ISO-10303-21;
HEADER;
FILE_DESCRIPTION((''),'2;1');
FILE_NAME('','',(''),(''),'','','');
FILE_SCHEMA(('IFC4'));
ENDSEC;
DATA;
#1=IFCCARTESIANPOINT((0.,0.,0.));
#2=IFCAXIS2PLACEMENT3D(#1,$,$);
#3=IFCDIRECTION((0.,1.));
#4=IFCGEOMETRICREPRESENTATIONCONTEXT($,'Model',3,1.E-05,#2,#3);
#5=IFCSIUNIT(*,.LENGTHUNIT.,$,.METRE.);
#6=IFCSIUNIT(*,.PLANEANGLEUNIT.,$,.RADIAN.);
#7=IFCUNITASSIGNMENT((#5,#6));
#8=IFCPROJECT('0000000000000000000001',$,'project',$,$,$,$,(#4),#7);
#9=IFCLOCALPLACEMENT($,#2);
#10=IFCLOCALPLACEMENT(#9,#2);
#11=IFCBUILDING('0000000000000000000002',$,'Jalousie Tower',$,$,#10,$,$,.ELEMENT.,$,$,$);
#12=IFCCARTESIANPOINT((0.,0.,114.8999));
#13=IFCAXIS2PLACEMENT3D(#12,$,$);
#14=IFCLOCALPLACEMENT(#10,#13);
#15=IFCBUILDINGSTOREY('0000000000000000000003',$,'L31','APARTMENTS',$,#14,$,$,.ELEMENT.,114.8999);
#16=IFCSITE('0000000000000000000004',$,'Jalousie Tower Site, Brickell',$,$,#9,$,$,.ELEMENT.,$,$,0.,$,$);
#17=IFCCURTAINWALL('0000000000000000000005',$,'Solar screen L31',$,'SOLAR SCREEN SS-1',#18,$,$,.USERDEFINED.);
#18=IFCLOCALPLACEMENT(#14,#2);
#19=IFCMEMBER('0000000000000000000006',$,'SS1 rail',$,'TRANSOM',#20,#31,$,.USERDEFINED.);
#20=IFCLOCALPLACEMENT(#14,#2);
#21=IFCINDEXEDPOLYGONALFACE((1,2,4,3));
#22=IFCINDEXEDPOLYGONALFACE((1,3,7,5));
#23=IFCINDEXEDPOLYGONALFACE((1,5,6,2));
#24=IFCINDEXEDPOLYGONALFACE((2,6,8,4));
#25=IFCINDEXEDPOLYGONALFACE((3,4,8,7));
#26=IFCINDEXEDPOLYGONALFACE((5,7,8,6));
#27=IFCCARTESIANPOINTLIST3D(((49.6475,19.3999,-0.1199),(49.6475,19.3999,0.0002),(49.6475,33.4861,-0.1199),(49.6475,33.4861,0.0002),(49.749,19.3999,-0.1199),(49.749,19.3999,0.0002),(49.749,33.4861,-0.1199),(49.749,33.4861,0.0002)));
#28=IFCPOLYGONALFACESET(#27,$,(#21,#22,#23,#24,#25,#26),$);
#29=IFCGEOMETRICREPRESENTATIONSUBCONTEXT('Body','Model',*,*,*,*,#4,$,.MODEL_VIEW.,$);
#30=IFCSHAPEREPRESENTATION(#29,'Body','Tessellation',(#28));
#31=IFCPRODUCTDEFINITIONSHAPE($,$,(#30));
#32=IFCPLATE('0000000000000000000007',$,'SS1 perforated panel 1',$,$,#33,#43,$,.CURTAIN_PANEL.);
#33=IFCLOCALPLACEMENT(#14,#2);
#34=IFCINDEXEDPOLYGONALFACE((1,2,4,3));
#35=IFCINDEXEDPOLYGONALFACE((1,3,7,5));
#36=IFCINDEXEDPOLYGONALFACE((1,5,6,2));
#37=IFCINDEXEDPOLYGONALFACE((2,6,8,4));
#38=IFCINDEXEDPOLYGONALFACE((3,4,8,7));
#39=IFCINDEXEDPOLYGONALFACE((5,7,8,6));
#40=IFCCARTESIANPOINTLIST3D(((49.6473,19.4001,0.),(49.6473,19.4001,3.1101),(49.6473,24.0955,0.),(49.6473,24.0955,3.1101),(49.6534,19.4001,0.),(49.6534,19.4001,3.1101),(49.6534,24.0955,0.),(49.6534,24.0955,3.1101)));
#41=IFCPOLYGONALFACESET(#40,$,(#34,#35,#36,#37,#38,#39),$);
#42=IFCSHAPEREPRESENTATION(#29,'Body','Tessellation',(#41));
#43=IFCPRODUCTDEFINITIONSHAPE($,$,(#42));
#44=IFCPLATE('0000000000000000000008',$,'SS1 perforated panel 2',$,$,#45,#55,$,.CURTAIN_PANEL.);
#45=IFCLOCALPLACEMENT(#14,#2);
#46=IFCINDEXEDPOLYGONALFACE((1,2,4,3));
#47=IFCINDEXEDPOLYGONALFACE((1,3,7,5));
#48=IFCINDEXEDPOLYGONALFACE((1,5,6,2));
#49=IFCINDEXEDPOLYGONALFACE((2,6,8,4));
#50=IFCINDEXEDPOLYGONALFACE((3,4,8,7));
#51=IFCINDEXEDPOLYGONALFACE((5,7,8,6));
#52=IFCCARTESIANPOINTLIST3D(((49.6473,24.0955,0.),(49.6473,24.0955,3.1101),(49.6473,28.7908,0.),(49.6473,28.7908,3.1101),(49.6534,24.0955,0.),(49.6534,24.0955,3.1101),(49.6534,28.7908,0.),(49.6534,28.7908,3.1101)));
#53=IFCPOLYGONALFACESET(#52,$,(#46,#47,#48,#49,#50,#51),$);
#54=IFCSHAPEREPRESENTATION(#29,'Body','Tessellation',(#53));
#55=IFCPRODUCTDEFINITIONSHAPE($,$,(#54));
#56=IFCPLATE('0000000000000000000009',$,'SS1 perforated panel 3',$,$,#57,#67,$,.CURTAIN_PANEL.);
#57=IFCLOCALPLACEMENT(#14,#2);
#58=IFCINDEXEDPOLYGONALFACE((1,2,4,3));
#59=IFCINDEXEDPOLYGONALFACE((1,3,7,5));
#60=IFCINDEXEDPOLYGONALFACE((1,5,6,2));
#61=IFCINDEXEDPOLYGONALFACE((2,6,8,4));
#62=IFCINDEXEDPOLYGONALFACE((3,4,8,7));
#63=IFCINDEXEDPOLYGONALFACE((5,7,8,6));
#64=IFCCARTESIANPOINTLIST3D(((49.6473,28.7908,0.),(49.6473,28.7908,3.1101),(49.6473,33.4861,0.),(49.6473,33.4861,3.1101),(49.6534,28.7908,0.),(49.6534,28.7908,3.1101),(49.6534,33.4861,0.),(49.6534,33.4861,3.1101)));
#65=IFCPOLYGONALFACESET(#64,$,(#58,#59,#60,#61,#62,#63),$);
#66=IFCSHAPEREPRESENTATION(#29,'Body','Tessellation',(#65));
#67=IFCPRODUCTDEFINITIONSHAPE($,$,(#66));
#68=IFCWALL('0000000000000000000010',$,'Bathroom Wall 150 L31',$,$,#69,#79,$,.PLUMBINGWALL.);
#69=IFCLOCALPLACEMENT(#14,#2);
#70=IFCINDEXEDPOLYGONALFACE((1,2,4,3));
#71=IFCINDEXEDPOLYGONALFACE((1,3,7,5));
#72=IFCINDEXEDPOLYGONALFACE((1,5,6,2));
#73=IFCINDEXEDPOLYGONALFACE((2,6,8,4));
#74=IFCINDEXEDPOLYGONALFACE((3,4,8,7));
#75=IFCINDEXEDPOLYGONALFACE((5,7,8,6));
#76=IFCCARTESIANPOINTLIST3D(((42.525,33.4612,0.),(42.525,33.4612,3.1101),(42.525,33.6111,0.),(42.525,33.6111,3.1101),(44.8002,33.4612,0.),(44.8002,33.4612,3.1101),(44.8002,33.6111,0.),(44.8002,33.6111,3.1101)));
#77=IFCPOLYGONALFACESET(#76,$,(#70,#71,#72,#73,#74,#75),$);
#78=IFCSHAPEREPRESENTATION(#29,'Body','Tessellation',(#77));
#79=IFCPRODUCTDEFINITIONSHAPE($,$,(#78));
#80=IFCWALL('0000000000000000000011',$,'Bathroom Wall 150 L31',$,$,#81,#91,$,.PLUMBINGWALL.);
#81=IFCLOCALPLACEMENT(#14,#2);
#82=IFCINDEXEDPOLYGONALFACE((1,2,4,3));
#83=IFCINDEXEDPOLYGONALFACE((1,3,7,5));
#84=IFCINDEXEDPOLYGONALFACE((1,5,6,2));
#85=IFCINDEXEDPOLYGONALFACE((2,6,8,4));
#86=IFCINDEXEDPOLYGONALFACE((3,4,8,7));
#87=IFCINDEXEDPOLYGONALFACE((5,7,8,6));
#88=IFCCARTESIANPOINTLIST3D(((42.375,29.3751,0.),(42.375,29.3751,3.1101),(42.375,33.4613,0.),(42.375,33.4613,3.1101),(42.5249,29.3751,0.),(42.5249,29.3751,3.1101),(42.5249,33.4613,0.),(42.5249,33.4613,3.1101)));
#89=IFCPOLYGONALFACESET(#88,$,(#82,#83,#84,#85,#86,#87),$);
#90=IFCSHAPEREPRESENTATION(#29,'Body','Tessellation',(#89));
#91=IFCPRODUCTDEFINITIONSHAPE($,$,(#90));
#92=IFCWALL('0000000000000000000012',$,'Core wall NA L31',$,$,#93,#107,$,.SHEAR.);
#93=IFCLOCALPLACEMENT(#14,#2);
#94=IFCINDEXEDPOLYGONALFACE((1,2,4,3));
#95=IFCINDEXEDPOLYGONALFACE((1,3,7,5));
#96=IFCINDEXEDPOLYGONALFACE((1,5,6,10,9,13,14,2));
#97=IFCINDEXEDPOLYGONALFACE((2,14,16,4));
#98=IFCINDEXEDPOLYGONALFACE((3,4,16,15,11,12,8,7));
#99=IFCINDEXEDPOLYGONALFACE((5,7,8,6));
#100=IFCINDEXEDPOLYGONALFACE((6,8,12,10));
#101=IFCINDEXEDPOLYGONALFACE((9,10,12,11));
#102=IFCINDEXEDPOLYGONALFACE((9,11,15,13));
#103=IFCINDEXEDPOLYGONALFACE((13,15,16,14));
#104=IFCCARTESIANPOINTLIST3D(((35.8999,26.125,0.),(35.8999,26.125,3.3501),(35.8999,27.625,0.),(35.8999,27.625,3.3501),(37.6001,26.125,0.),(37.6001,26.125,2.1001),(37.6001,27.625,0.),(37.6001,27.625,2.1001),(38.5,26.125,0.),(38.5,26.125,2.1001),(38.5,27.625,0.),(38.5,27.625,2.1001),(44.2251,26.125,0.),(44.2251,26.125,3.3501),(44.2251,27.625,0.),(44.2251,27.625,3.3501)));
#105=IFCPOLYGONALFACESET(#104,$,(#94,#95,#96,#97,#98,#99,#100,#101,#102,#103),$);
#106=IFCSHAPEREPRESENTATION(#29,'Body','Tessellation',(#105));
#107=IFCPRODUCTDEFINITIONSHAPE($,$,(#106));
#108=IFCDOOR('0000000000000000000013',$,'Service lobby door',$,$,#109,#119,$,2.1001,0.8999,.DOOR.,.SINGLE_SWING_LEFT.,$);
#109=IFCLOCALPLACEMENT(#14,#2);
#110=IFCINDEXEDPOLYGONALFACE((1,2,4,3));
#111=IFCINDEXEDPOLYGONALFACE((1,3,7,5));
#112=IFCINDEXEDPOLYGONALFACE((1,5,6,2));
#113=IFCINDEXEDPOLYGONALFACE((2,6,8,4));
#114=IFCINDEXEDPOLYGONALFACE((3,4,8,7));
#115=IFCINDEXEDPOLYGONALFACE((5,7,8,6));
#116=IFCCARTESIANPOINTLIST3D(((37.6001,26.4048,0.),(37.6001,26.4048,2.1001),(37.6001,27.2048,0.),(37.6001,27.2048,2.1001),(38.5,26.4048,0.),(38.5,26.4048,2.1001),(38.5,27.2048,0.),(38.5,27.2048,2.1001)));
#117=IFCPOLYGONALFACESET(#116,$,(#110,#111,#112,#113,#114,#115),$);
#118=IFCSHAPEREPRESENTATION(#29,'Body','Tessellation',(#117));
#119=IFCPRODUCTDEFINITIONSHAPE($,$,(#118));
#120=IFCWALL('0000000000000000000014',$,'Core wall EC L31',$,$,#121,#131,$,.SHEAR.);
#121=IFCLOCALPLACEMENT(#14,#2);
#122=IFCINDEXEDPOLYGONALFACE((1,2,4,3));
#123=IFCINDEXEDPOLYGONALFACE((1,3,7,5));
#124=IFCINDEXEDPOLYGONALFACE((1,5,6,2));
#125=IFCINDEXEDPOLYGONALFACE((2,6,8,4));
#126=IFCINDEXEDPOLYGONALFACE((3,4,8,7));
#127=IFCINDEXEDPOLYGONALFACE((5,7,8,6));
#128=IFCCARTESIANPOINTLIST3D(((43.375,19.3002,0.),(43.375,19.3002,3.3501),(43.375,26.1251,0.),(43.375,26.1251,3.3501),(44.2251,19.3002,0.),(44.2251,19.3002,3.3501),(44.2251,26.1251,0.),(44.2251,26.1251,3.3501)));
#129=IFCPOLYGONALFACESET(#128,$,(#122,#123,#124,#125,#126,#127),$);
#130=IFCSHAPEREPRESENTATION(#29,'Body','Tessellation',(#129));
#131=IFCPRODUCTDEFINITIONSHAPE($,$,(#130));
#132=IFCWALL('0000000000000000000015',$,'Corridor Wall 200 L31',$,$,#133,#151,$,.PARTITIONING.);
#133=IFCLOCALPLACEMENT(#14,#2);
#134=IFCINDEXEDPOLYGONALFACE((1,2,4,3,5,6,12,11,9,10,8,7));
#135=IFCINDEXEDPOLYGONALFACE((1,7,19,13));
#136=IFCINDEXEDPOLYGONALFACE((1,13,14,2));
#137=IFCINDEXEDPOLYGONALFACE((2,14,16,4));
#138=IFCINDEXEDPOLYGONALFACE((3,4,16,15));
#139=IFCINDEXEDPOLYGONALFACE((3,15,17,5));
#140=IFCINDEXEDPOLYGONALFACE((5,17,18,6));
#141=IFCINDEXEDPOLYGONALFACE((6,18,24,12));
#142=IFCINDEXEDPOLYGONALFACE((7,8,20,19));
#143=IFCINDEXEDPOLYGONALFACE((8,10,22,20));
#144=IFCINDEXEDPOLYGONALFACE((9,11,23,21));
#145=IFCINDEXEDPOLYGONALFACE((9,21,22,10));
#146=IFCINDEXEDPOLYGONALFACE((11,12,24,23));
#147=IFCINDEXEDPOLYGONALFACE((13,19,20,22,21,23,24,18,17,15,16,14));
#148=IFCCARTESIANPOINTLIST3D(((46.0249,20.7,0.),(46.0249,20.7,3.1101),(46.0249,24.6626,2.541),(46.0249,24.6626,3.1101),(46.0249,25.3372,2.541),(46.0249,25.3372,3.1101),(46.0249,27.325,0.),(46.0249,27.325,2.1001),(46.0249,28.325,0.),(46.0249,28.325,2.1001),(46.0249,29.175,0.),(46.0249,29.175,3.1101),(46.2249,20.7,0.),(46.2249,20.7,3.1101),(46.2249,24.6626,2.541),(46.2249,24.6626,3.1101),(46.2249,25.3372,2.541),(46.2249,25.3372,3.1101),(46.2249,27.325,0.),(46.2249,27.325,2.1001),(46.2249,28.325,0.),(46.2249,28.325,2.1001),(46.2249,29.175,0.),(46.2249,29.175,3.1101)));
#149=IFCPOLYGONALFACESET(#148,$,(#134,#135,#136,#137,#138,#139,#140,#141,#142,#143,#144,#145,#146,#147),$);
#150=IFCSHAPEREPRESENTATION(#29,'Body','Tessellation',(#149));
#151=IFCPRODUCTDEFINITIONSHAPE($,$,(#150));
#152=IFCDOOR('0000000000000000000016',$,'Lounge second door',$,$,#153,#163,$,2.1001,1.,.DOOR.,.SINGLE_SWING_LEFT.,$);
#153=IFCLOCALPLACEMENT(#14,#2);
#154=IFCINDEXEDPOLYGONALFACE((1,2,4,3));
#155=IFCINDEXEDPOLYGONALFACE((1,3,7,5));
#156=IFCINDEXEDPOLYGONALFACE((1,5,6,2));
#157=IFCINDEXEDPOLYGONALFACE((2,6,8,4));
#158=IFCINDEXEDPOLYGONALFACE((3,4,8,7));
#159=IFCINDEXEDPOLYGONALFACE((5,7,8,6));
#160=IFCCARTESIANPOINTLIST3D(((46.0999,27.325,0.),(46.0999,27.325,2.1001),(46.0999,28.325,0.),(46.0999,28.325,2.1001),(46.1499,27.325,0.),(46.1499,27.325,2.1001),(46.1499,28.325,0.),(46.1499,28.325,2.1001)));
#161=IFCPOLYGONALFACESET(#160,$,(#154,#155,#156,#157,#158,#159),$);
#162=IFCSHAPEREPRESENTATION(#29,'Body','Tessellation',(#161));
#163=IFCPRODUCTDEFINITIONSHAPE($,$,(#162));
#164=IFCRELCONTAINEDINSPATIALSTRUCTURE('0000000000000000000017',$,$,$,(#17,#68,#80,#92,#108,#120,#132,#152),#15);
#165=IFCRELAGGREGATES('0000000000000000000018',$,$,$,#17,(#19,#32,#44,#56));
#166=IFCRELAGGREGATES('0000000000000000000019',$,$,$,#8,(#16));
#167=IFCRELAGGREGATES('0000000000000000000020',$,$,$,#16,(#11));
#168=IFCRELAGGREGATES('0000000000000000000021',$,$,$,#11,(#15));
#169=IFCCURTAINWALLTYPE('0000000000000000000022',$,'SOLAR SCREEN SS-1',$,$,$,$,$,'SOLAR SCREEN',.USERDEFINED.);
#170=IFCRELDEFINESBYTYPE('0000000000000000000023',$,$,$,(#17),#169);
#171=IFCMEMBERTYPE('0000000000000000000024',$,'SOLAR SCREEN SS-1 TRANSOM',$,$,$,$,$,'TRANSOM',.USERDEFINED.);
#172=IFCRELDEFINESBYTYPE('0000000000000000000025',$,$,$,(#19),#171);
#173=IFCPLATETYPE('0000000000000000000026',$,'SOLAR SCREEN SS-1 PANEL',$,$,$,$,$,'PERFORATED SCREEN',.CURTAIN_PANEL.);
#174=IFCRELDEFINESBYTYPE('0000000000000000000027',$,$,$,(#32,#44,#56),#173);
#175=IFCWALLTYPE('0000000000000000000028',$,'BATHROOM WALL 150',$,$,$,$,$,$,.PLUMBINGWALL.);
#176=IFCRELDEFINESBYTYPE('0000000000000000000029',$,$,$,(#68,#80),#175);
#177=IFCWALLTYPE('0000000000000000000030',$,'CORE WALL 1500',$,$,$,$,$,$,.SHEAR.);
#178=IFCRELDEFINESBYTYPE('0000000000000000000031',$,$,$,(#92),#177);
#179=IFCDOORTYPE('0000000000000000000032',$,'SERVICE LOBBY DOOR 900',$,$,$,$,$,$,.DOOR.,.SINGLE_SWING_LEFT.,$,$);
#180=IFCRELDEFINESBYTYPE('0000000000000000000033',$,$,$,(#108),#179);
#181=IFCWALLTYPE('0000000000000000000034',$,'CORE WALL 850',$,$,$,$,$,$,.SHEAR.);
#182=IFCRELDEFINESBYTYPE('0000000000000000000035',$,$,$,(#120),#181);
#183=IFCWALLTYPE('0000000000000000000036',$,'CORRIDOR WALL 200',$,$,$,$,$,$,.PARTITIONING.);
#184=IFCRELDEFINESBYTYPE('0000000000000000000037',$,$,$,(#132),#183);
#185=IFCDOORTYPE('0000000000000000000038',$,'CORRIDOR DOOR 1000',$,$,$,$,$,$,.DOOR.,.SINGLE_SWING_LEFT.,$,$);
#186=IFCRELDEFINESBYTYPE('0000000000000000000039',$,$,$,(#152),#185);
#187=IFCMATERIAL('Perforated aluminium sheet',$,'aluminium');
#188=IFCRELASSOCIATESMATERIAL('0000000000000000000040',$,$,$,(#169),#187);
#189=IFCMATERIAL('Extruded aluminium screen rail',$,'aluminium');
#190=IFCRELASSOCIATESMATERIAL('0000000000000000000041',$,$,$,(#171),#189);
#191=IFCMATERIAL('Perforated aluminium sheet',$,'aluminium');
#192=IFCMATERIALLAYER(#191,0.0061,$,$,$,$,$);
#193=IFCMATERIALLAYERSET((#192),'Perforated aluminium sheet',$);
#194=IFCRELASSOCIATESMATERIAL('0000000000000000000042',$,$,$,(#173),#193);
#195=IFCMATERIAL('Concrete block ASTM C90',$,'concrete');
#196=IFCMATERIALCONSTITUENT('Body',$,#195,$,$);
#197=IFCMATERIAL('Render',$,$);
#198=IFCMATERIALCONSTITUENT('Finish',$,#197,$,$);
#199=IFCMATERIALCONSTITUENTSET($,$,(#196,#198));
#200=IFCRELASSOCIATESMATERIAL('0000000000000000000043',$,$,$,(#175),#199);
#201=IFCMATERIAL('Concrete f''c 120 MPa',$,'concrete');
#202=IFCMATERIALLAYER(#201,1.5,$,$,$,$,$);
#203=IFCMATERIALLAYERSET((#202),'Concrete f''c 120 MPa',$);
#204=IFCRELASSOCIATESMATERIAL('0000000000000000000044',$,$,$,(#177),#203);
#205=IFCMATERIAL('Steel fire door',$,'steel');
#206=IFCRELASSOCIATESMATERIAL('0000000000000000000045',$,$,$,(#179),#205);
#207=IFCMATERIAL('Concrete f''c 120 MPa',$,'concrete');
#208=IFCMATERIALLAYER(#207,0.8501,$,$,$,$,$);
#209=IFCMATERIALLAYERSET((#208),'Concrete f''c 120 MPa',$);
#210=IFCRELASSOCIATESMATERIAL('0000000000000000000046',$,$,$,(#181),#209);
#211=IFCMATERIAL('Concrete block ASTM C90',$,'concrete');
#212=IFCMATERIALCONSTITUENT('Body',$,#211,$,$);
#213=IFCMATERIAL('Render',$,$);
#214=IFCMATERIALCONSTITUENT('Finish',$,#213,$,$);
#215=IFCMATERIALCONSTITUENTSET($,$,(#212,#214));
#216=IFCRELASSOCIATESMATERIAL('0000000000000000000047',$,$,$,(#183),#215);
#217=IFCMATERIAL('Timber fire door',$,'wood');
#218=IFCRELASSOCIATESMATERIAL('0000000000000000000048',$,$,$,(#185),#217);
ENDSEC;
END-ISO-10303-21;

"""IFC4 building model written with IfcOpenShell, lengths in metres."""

from ifc_helpers import new_model, si_unit, direction, frame, frame_2d, origin, origin_2d, place, context, subcontext, project, spatial, polyline, rectangle, outline, extrude, material, layer, layer_set, constituent, constituent_set, material_profile, profile_set, type_object, element, fill, aggregate, save


model = new_model("IFC4")

# Units and contexts
model_context = context("Model", 3, precision=1e-05, world=origin(), true_north=direction((0.0, 1.0)))
body_context = subcontext(model_context, "Body", "Model", "MODEL_VIEW")
ifc_project = project(units=[si_unit("LENGTHUNIT", "METRE"), si_unit("PLANEANGLEUNIT", "RADIAN")], contexts=[model_context])

# Site, building, storey
site_placement = place(None, origin())
site = spatial("IfcSite", under=ifc_project, at=site_placement, Name="Jalousie Tower Site, Brickell", CompositionType="ELEMENT", RefElevation=0.0)
building_placement = place(site_placement, origin())
building = spatial("IfcBuilding", under=site, at=building_placement, Name="Jalousie Tower", CompositionType="ELEMENT")
storey_placement = place(building_placement, frame((0.0, 0.0, 114.8999)))
storey = spatial("IfcBuildingStorey", under=building, at=storey_placement, Name="L31", Description="APARTMENTS", CompositionType="ELEMENT", Elevation=114.8999)

# Curtain wall, member, plates
ifc_material_1 = material(Name="Perforated aluminium sheet", Category="aluminium")
curtain_wall_type = type_object("IfcCurtainWallType", Name="SOLAR SCREEN SS-1", ElementType="SOLAR SCREEN", PredefinedType="USERDEFINED", material=ifc_material_1)
curtain_wall_placement = place(storey_placement, origin())
curtain_wall = element("IfcCurtainWall", 1, at=curtain_wall_placement, inside=storey, type_object=curtain_wall_type, Name="Solar screen L31", ObjectType="SOLAR SCREEN SS-1", PredefinedType="USERDEFINED")
ifc_material_2 = material(Name="Extruded aluminium screen rail", Category="aluminium")
ifc_material_profile_1 = material_profile(ifc_material_2, rectangle(XDim=0.1016, YDim=0.1201, at=origin_2d()), Name="RAIL 102x120")
ifc_profile_set_1 = profile_set([ifc_material_profile_1], Name="Extruded aluminium screen rail")
member_type_1 = type_object("IfcMemberType", Name="SOLAR SCREEN SS-1 TRANSOM", ElementType="TRANSOM", PredefinedType="USERDEFINED", material=ifc_profile_set_1)
member_1_placement = place(storey_placement, frame((49.6982, 19.3999, -0.0598), z_axis=(0.0, 1.0, 0.0), x_axis=(-1.0, 0.0, 0.0)))
member_1 = element("IfcMember", 2, at=member_1_placement, type_object=member_type_1, Name="SS1 rail", ObjectType="TRANSOM", PredefinedType="USERDEFINED", context=body_context, shape_type="SweptSolid", body=[
    extrude(rectangle(XDim=0.1016, YDim=0.1201, at=origin_2d()), origin(), (0.0, 0.0, 1.0), 14.0862),
])
ifc_material_3 = material(Name="Perforated aluminium sheet", Category="aluminium")
ifc_layer_1 = layer(ifc_material_3, 0.0061)
ifc_layer_set_1 = layer_set([ifc_layer_1], Name="Perforated aluminium sheet")
plate_type = type_object("IfcPlateType", Name="SOLAR SCREEN SS-1 PANEL", ElementType="PERFORATED SCREEN", PredefinedType="CURTAIN_PANEL", material=ifc_layer_set_1)
plate_1_placement = place(storey_placement, frame((49.6504, 21.7478, 0.0), z_axis=(0.0, 0.0, 1.0), x_axis=(0.0, 1.0, 0.0)))
plate_1 = element("IfcPlate", 3, at=plate_1_placement, type_object=plate_type, Name="SS1 perforated panel 1", PredefinedType="CURTAIN_PANEL", context=body_context, shape_type="SweptSolid", body=[
    extrude(rectangle(XDim=4.6953, YDim=0.0061, at=origin_2d()), origin(), (0.0, 0.0, 1.0), 3.1101),
])
plate_2_placement = place(storey_placement, frame((49.6504, 26.4431, 0.0), z_axis=(0.0, 0.0, 1.0), x_axis=(0.0, 1.0, 0.0)))
plate_2 = element("IfcPlate", 4, at=plate_2_placement, type_object=plate_type, Name="SS1 perforated panel 2", PredefinedType="CURTAIN_PANEL", context=body_context, shape_type="SweptSolid", body=[
    extrude(rectangle(XDim=4.6953, YDim=0.0061, at=origin_2d()), origin(), (0.0, 0.0, 1.0), 3.1101),
])
plate_3_placement = place(storey_placement, frame((49.6504, 31.1384, 0.0), z_axis=(0.0, 0.0, 1.0), x_axis=(0.0, 1.0, 0.0)))
plate_3 = element("IfcPlate", 5, at=plate_3_placement, type_object=plate_type, Name="SS1 perforated panel 3", PredefinedType="CURTAIN_PANEL", context=body_context, shape_type="SweptSolid", body=[
    extrude(rectangle(XDim=4.6953, YDim=0.0061, at=origin_2d()), origin(), (0.0, 0.0, 1.0), 3.1101),
])
aggregate(curtain_wall, [member_1, plate_1, plate_2, plate_3])

# Walls
ifc_material_4 = material(Name="Concrete block ASTM C90", Category="concrete")
ifc_constituent_1 = constituent(ifc_material_4, Name="Body")
ifc_material_5 = material(Name="Render")
ifc_constituent_2 = constituent(ifc_material_5, Name="Finish")
ifc_constituent_set_1 = constituent_set(constituents=[ifc_constituent_1, ifc_constituent_2])
wall_type_1 = type_object("IfcWallType", Name="BATHROOM WALL 150", PredefinedType="PLUMBINGWALL", material=ifc_constituent_set_1)
wall_1_placement = place(storey_placement, frame((42.5249, 33.5361, 0.0), z_axis=(0.0, 0.0, 1.0), x_axis=(1.0, 0.0, 0.0)))
element("IfcWall", 6, at=wall_1_placement, inside=storey, type_object=wall_type_1, Name="Bathroom Wall 150 L31", PredefinedType="PLUMBINGWALL", context=body_context, shape_type="SweptSolid", body=[
    extrude(rectangle(XDim=2.2751, YDim=0.1499, at=frame_2d((1.1377, 0.0))), origin(), (0.0, 0.0, 1.0), 3.1101),
])
wall_2_placement = place(storey_placement, frame((42.45, 33.4612, 0.0), z_axis=(0.0, 0.0, 1.0), x_axis=(0.0, -1.0, 0.0)))
element("IfcWall", 7, at=wall_2_placement, inside=storey, type_object=wall_type_1, Name="Bathroom Wall 150 L31", PredefinedType="PLUMBINGWALL", context=body_context, shape_type="SweptSolid", body=[
    extrude(rectangle(XDim=4.0862, YDim=0.1499, at=frame_2d((2.043, 0.0))), origin(), (0.0, 0.0, 1.0), 3.1101),
])

# Wall, opening, door
ifc_material_6 = material(Name="Concrete f'c 120 MPa", Category="concrete")
ifc_layer_2 = layer(ifc_material_6, 1.5)
ifc_layer_set_2 = layer_set([ifc_layer_2], Name="Concrete f'c 120 MPa")
wall_type_2 = type_object("IfcWallType", Name="CORE WALL 1500", PredefinedType="SHEAR", material=ifc_layer_set_2)
wall_3_placement = place(storey_placement, frame((44.2251, 26.875, 0.0), z_axis=(0.0, 0.0, 1.0), x_axis=(-1.0, 0.0, 0.0)))
wall_3 = element("IfcWall", 8, at=wall_3_placement, inside=storey, type_object=wall_type_2, Name="Core wall NA L31", PredefinedType="SHEAR", context=body_context, shape_type="SweptSolid", body=[
    extrude(rectangle(XDim=8.3252, YDim=1.5, at=frame_2d((4.1626, 0.0))), origin(), (0.0, 0.0, 1.0), 3.3501),
])
opening_1_placement = place(wall_3_placement, frame((5.7251, 0.0, 0.0)))
opening_1 = element("IfcOpeningElement", 9, at=opening_1_placement, cuts=wall_3, PredefinedType="OPENING", context=body_context, shape_type="SweptSolid", body=[
    extrude(rectangle(XDim=0.8999, YDim=2.1001, at=frame_2d((0.45, 1.05))), frame((0.0, 0.76, 0.0), z_axis=(0.0, -1.0, 0.0), x_axis=(1.0, 0.0, 0.0)), (0.0, 0.0, 1.0), 1.52),
])
ifc_material_7 = material(Name="Steel fire door", Category="steel")
door_type_1 = type_object("IfcDoorType", Name="SERVICE LOBBY DOOR 900", OperationType="SINGLE_SWING_LEFT", PredefinedType="DOOR", material=ifc_material_7)
door_1_placement = place(opening_1_placement, origin())
door_1 = element("IfcDoor", 10, at=door_1_placement, inside=storey, type_object=door_type_1, Name="Service lobby door", OperationType="SINGLE_SWING_LEFT", OverallHeight=2.1001, OverallWidth=0.8999, PredefinedType="DOOR", context=body_context, shape_type="SweptSolid", body=[
    extrude(rectangle(XDim=0.8999, YDim=2.1001, at=frame_2d((0.45, 1.05))), frame((0.0, 0.4702, 0.0), z_axis=(0.0, -1.0, 0.0), x_axis=(1.0, 0.0, 0.0)), (0.0, 0.0, 1.0), 0.8),
])
fill(opening_1, door_1)

# Wall
ifc_material_8 = material(Name="Concrete f'c 120 MPa", Category="concrete")
ifc_layer_3 = layer(ifc_material_8, 0.8501)
ifc_layer_set_3 = layer_set([ifc_layer_3], Name="Concrete f'c 120 MPa")
wall_type_3 = type_object("IfcWallType", Name="CORE WALL 850", PredefinedType="SHEAR", material=ifc_layer_set_3)
wall_4_placement = place(storey_placement, frame((43.8, 19.3, 0.0), z_axis=(0.0, 0.0, 1.0), x_axis=(0.0, 1.0, 0.0)))
element("IfcWall", 11, at=wall_4_placement, inside=storey, type_object=wall_type_3, Name="Core wall EC L31", PredefinedType="SHEAR", context=body_context, shape_type="SweptSolid", body=[
    extrude(rectangle(XDim=6.825, YDim=0.8501, at=frame_2d((3.4126, 0.0))), origin(), (0.0, 0.0, 1.0), 3.3501),
])

# Wall, opening, door
ifc_material_9 = material(Name="Concrete block ASTM C90", Category="concrete")
ifc_constituent_3 = constituent(ifc_material_9, Name="Body")
ifc_material_10 = material(Name="Render")
ifc_constituent_4 = constituent(ifc_material_10, Name="Finish")
ifc_constituent_set_2 = constituent_set(constituents=[ifc_constituent_3, ifc_constituent_4])
wall_type_4 = type_object("IfcWallType", Name="CORRIDOR WALL 200", PredefinedType="PARTITIONING", material=ifc_constituent_set_2)
wall_5_placement = place(storey_placement, frame((46.125, 20.7, 0.0), z_axis=(0.0, 0.0, 1.0), x_axis=(0.0, 1.0, 0.0)))
wall_5 = element("IfcWall", 12, at=wall_5_placement, inside=storey, type_object=wall_type_4, Name="Corridor Wall 200 L31", PredefinedType="PARTITIONING", context=body_context, shape_type="SweptSolid", body=[
    extrude(outline(polyline([(0.0, 0.0), (8.4751, 0.0), (8.4751, 3.1101), (4.6372, 3.1101), (4.6372, 2.541), (3.9626, 2.541), (3.9626, 3.1101), (0.0, 3.1101), (0.0, 0.0)])), frame((0.0, 0.1001, 0.0), z_axis=(0.0, -1.0, 0.0), x_axis=(1.0, 0.0, 0.0)), (0.0, 0.0, 1.0), 0.2),
])
opening_2_placement = place(wall_5_placement, frame((6.625, 0.0, 0.0)))
opening_2 = element("IfcOpeningElement", 13, at=opening_2_placement, cuts=wall_5, PredefinedType="OPENING", context=body_context, shape_type="SweptSolid", body=[
    extrude(rectangle(XDim=1.0, YDim=2.1001, at=frame_2d((0.5, 1.05))), frame((0.0, 0.1099, 0.0), z_axis=(0.0, -1.0, 0.0), x_axis=(1.0, 0.0, 0.0)), (0.0, 0.0, 1.0), 0.22),
])
ifc_material_11 = material(Name="Timber fire door", Category="wood")
door_type_2 = type_object("IfcDoorType", Name="CORRIDOR DOOR 1000", OperationType="SINGLE_SWING_LEFT", PredefinedType="DOOR", material=ifc_material_11)
door_2_placement = place(opening_2_placement, frame((1.0, 0.0, 0.0), z_axis=(0.0, 0.0, 1.0), x_axis=(-1.0, 0.0, 0.0)))
door_2 = element("IfcDoor", 14, at=door_2_placement, inside=storey, type_object=door_type_2, Name="Lounge second door", OperationType="SINGLE_SWING_LEFT", OverallHeight=2.1001, OverallWidth=1.0, PredefinedType="DOOR", context=body_context, shape_type="SweptSolid", body=[
    extrude(rectangle(XDim=1.0, YDim=2.1001, at=frame_2d((0.5, 1.05))), frame((0.0, 0.0249, 0.0), z_axis=(0.0, -1.0, 0.0), x_axis=(1.0, 0.0, 0.0)), (0.0, 0.0, 1.0), 0.05),
])
fill(opening_2, door_2)

save(model, "model.ifc")
